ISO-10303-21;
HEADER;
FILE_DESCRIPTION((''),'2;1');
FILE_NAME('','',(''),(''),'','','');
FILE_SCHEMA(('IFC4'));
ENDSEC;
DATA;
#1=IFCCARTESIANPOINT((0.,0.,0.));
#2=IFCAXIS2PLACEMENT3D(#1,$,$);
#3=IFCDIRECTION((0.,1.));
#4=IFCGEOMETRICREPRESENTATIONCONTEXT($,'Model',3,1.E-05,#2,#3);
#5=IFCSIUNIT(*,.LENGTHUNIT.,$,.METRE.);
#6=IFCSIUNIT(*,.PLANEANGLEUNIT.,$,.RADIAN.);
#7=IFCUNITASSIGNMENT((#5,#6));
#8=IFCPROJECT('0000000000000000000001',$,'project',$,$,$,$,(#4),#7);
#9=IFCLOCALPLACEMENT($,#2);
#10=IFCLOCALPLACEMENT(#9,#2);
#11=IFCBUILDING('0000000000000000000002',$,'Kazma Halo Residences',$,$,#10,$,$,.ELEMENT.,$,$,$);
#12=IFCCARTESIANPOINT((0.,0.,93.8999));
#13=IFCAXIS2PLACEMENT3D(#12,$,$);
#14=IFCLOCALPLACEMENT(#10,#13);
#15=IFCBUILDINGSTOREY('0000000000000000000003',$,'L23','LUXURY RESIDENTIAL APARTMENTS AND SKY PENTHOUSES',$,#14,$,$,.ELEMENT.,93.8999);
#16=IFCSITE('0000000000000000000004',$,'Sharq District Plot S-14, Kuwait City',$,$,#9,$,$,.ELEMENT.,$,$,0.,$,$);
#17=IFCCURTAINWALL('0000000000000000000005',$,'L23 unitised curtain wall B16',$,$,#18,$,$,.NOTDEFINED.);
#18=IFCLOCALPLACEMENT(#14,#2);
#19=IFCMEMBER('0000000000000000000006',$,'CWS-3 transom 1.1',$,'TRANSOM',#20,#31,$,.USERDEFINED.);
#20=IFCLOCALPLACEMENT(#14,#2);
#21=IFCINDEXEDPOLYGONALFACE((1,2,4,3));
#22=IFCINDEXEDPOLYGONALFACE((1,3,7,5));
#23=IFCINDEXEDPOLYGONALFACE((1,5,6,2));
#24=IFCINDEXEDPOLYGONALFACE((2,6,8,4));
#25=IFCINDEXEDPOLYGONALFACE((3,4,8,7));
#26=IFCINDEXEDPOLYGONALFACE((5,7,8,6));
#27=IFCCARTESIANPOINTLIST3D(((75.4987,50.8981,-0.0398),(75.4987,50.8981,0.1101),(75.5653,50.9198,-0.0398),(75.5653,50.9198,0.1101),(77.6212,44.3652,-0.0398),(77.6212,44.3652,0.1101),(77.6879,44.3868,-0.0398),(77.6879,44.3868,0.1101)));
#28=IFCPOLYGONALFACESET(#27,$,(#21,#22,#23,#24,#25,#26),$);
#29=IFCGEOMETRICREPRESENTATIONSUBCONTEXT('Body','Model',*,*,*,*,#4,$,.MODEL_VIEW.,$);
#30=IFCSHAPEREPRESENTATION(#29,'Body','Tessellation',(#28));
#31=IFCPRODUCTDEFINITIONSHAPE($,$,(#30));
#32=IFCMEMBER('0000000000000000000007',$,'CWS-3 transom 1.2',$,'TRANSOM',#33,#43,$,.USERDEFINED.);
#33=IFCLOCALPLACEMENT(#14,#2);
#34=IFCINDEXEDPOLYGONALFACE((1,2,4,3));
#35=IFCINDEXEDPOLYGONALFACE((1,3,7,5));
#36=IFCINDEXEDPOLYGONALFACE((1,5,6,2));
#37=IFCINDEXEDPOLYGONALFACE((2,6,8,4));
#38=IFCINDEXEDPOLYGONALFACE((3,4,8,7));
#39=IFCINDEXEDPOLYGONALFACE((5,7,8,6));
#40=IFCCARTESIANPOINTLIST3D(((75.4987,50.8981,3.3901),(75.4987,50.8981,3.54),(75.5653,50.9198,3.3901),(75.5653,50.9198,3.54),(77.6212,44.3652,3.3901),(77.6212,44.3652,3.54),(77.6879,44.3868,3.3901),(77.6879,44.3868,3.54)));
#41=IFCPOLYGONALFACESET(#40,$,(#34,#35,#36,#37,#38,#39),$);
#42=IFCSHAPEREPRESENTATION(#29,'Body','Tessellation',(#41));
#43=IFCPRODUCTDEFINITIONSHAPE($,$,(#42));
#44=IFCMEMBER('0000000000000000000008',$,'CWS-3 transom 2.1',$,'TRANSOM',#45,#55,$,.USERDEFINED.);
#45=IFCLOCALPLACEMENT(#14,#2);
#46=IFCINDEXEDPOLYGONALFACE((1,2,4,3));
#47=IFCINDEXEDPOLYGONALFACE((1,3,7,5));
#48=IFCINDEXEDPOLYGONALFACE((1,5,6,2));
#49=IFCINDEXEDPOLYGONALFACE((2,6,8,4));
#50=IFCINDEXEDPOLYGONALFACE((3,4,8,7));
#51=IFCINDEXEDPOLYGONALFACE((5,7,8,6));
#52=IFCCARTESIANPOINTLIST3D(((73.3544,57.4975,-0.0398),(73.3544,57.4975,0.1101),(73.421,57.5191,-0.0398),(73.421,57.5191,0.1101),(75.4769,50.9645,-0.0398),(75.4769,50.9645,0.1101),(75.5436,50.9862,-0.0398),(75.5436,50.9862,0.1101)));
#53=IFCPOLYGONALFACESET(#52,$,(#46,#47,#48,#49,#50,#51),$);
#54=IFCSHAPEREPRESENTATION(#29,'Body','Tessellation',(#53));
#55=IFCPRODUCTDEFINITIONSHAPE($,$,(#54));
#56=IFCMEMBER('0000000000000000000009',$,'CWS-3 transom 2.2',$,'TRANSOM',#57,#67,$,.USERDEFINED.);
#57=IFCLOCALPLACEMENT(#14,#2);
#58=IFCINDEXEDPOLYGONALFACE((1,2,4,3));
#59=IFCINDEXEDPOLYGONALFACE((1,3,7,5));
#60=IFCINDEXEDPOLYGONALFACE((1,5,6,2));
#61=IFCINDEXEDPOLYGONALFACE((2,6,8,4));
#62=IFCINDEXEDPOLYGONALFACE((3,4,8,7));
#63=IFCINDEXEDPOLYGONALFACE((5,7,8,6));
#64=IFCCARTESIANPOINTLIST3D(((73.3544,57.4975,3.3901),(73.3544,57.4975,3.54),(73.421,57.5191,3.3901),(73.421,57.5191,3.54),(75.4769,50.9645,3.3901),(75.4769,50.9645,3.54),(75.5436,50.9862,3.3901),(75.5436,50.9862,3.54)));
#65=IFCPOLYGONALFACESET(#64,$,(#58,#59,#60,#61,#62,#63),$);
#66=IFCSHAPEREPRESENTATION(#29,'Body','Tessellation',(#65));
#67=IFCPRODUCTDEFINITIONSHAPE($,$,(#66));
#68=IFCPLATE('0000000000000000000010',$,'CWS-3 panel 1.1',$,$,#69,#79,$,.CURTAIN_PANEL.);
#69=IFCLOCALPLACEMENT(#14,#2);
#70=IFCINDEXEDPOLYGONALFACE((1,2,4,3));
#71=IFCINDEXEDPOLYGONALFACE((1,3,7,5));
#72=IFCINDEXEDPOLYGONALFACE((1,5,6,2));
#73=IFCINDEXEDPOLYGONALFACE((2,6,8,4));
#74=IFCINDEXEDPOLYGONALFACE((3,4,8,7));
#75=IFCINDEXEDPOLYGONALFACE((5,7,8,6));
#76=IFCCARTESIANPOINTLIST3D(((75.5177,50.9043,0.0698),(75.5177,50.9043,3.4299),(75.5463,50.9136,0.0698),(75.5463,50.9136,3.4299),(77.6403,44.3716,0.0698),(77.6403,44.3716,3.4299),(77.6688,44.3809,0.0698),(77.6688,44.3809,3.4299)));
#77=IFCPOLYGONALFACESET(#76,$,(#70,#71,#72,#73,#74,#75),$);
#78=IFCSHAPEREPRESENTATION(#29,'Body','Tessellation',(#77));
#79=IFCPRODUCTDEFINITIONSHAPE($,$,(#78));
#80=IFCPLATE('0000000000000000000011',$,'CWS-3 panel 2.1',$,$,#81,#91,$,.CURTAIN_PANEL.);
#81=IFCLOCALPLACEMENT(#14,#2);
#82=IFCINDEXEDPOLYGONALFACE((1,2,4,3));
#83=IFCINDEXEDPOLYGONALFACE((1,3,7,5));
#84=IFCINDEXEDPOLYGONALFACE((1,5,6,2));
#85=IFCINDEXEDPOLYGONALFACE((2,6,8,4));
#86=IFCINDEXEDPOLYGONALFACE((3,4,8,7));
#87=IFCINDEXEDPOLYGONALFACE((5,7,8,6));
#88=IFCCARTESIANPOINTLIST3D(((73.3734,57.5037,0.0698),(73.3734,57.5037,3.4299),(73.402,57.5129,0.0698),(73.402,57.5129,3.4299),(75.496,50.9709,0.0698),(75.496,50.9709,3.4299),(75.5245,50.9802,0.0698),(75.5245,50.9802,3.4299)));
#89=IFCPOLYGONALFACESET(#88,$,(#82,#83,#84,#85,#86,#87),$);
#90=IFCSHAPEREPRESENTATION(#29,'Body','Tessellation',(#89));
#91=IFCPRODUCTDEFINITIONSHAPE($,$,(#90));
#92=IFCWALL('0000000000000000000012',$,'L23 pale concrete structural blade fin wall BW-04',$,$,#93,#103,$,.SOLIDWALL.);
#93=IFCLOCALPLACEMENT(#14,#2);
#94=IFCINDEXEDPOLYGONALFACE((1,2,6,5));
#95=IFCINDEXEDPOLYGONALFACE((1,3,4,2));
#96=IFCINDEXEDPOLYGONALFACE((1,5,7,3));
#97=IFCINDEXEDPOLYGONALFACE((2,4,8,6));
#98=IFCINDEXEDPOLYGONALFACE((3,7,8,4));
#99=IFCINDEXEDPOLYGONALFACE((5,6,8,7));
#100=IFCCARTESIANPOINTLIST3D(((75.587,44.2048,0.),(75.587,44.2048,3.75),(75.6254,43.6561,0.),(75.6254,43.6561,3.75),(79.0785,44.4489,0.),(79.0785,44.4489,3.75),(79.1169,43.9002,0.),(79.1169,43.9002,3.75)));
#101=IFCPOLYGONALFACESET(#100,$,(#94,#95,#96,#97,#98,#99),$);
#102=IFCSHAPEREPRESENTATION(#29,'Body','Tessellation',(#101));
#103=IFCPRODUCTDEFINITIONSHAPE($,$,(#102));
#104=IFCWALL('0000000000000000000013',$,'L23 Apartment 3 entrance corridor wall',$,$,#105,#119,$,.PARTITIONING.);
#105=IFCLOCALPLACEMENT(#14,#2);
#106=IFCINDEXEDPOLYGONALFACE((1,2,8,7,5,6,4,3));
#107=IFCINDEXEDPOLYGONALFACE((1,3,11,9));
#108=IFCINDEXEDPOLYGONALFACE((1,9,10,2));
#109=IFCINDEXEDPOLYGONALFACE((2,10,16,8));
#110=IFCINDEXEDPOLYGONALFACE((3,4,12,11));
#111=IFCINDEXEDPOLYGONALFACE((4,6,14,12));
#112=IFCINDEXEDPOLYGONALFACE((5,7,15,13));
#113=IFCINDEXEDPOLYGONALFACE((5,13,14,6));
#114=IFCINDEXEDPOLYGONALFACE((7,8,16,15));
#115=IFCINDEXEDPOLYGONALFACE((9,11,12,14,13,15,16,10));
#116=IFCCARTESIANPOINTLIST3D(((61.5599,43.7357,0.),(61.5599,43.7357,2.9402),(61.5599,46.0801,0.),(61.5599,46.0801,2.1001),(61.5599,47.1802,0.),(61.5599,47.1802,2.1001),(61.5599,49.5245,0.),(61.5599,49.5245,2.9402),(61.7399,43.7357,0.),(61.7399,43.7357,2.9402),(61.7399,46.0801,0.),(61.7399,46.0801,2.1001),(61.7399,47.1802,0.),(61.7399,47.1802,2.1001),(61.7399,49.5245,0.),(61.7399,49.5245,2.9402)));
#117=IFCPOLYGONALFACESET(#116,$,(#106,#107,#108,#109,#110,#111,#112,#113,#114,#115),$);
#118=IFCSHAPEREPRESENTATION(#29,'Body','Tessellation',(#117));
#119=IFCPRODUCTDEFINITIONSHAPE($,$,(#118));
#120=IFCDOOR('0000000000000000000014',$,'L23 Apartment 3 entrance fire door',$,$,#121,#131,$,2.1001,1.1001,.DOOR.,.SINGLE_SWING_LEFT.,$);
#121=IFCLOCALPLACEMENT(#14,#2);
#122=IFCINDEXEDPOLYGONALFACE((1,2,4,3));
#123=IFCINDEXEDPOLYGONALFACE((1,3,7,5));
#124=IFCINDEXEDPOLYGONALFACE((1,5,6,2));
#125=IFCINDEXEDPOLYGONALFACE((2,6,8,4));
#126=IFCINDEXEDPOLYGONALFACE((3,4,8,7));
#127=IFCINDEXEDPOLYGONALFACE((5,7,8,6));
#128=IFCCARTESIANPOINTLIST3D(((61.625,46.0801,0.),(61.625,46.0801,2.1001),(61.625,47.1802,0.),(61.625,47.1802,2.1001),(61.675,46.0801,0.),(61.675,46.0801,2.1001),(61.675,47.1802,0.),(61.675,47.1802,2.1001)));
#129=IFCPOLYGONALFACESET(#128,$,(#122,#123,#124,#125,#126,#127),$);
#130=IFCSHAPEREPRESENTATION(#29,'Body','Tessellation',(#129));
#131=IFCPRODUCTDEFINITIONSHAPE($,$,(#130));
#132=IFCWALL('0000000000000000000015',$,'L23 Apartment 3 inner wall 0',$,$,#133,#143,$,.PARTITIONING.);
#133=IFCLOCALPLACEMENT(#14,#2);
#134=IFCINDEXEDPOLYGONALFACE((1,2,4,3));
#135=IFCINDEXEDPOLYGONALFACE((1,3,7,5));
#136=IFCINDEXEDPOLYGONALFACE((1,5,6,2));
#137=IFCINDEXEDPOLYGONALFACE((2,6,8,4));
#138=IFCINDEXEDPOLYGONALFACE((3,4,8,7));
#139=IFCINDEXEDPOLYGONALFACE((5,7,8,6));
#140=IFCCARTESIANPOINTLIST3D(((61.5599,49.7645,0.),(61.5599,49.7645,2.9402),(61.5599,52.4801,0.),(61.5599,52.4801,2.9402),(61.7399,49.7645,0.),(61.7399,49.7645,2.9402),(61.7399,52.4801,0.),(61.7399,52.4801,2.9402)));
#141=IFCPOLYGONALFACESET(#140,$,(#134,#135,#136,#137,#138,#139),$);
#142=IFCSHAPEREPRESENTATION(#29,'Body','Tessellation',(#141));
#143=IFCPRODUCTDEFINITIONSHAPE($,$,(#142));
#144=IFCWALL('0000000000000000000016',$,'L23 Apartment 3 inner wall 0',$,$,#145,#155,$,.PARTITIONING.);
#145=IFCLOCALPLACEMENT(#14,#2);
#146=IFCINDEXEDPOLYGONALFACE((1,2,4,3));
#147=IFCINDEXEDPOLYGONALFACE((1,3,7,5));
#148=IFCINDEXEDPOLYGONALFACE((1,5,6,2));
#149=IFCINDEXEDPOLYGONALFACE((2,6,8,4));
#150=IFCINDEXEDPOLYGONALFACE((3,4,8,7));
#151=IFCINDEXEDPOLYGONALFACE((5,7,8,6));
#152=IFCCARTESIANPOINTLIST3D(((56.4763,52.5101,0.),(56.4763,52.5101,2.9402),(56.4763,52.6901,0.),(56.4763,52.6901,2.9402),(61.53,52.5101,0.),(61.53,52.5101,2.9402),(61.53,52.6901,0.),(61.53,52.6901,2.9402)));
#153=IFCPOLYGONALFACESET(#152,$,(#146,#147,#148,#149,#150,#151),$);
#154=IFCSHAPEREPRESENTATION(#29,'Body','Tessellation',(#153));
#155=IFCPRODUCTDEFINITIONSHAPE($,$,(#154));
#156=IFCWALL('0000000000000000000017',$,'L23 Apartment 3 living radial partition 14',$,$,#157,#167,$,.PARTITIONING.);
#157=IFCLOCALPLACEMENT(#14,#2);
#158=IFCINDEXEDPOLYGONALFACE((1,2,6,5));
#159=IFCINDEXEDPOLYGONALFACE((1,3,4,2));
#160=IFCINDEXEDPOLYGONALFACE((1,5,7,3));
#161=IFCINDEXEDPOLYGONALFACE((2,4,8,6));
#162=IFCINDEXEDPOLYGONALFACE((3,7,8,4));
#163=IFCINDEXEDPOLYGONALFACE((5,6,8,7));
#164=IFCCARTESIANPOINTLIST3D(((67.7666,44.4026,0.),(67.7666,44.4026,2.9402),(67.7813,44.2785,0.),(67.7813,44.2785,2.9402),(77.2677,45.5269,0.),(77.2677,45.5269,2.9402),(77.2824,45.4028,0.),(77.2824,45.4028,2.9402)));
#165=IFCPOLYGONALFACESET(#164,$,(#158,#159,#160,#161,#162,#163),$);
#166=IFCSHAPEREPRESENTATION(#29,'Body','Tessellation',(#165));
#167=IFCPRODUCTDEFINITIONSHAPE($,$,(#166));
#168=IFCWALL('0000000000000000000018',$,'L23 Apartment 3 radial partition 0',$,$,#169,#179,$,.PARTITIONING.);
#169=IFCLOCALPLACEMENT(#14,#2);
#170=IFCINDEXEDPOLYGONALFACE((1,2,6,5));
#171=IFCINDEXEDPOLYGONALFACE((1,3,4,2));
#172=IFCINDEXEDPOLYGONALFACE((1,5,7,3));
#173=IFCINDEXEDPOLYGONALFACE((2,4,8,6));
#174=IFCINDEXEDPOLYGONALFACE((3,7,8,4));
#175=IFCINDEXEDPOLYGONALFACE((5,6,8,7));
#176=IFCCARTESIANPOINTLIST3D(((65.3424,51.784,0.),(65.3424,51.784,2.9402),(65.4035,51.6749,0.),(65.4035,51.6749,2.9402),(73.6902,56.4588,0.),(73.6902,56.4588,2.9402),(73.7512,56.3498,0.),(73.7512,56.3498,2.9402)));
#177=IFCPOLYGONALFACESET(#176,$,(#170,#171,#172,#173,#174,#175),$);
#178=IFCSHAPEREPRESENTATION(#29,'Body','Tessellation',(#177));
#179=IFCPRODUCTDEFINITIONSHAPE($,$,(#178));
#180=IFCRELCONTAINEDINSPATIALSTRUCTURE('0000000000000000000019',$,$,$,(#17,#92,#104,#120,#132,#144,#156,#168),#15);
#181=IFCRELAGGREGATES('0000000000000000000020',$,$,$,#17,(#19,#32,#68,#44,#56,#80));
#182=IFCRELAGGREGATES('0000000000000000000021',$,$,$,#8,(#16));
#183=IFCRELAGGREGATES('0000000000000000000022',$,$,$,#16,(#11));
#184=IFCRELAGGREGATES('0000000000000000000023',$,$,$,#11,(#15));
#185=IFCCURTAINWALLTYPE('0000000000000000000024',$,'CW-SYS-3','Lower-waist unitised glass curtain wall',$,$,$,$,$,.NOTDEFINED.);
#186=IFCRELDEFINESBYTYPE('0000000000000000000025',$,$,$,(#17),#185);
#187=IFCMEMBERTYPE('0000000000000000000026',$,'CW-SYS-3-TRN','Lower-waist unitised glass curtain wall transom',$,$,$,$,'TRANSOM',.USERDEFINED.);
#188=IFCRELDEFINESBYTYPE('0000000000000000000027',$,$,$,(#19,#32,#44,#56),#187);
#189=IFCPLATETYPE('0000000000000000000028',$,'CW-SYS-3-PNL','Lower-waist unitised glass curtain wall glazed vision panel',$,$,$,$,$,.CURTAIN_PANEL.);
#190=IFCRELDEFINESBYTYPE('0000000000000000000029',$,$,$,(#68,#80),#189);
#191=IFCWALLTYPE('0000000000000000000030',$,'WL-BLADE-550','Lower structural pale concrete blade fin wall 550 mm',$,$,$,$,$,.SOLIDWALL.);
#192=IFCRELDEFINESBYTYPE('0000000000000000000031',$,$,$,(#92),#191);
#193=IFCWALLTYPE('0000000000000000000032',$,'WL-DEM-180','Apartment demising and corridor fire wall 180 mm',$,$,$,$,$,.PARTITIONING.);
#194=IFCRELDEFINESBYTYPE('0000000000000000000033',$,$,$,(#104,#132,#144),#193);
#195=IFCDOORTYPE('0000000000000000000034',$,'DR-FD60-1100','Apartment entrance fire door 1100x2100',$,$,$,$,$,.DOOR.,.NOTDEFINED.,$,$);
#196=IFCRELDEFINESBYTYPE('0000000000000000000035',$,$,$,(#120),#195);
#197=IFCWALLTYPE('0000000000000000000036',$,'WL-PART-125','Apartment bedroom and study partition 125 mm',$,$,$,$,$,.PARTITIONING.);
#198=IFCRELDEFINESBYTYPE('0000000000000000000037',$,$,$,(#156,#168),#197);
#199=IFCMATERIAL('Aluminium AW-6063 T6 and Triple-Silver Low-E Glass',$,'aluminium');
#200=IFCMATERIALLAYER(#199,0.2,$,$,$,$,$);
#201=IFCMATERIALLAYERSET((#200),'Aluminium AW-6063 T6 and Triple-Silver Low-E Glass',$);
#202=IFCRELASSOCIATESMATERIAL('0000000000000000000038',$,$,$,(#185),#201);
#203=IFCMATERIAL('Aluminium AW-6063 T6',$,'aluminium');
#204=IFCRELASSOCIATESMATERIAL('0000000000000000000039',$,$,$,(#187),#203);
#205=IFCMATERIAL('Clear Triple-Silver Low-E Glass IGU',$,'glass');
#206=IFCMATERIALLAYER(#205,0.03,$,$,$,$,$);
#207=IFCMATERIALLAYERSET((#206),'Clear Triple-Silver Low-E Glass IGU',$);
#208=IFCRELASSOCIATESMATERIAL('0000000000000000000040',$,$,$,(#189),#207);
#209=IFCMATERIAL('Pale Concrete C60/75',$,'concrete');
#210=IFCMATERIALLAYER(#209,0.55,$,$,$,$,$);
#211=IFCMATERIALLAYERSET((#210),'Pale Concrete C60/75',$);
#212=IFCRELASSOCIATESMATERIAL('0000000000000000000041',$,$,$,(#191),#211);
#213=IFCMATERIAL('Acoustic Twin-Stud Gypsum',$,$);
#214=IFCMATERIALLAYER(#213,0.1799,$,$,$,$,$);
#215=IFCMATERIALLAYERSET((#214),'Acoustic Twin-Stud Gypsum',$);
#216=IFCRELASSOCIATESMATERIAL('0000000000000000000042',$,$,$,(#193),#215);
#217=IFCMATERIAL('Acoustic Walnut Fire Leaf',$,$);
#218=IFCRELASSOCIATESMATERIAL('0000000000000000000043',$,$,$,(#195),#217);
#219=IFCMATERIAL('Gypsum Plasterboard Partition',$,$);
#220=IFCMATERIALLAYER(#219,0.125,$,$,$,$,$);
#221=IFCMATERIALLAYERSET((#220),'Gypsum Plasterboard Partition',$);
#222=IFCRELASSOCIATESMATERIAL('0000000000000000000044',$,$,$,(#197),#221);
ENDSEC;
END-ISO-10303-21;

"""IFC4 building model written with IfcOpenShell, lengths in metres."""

from ifc_helpers import new_model, si_unit, direction, frame, frame_2d, origin, origin_2d, place, context, subcontext, project, spatial, rectangle, extrude, material, layer, layer_set, material_profile, profile_set, type_object, element, fill, aggregate, save


model = new_model("IFC4")

# Units and contexts
model_context = context("Model", 3, precision=1e-05, world=origin(), true_north=direction((0.0, 1.0)))
body_context = subcontext(model_context, "Body", "Model", "MODEL_VIEW")
ifc_project = project(units=[si_unit("LENGTHUNIT", "METRE"), si_unit("PLANEANGLEUNIT", "RADIAN")], contexts=[model_context])

# Site, building, storey
site_placement = place(None, origin())
site = spatial("IfcSite", under=ifc_project, at=site_placement, Name="Sharq District Plot S-14, Kuwait City", CompositionType="ELEMENT", RefElevation=0.0)
building_placement = place(site_placement, origin())
building = spatial("IfcBuilding", under=site, at=building_placement, Name="Kazma Halo Residences", CompositionType="ELEMENT")
storey_placement = place(building_placement, frame((0.0, 0.0, 93.8999)))
storey = spatial("IfcBuildingStorey", under=building, at=storey_placement, Name="L23", Description="LUXURY RESIDENTIAL APARTMENTS AND SKY PENTHOUSES", CompositionType="ELEMENT", Elevation=93.8999)

# Shared definitions
ifc_material_1 = material(Name="Aluminium AW-6063 T6 and Triple-Silver Low-E Glass", Category="aluminium")
ifc_layer_1 = layer(ifc_material_1, 0.2)
ifc_layer_set_1 = layer_set([ifc_layer_1], Name="Aluminium AW-6063 T6 and Triple-Silver Low-E Glass")
curtain_wall_type = type_object("IfcCurtainWallType", Name="CW-SYS-3", Description="Lower-waist unitised glass curtain wall", PredefinedType="NOTDEFINED", material=ifc_layer_set_1)
ifc_material_2 = material(Name="Aluminium AW-6063 T6", Category="aluminium")

# Curtain wall, members, plates
curtain_wall_1_placement = place(storey_placement, origin())
curtain_wall_1 = element("IfcCurtainWall", 1, at=curtain_wall_1_placement, inside=storey, type_object=curtain_wall_type, Name="L23 unitised curtain wall B16", PredefinedType="NOTDEFINED")
ifc_material_profile_1 = material_profile(ifc_material_2, rectangle(XDim=0.0701, YDim=0.1499, at=origin_2d()), Name="CWT-70x150")
ifc_profile_set_1 = profile_set([ifc_material_profile_1], Name="Aluminium AW-6063 T6")
member_type_1 = type_object("IfcMemberType", Name="CW-SYS-3-TRN", Description="Lower-waist unitised glass curtain wall transom", ElementType="TRANSOM", PredefinedType="USERDEFINED", material=ifc_profile_set_1)
member_1_placement = place(storey_placement, frame((77.6545, 44.376, 0.0352), z_axis=(-0.309, 0.951062, 0.0), x_axis=(-0.951062, -0.309, 0.0)))
member_1 = element("IfcMember", 2, at=member_1_placement, type_object=member_type_1, Name="CWS-3 transom 1.1", ObjectType="TRANSOM", PredefinedType="USERDEFINED", context=body_context, shape_type="SweptSolid", body=[
    extrude(rectangle(XDim=0.0701, YDim=0.1499, at=origin_2d()), origin(), (0.0, 0.0, 1.0), 6.8691),
])
member_2_placement = place(storey_placement, frame((77.6545, 44.376, 3.4651), z_axis=(-0.309, 0.951062, 0.0), x_axis=(-0.951062, -0.309, 0.0)))
member_2 = element("IfcMember", 3, at=member_2_placement, type_object=member_type_1, Name="CWS-3 transom 1.2", ObjectType="TRANSOM", PredefinedType="USERDEFINED", context=body_context, shape_type="SweptSolid", body=[
    extrude(rectangle(XDim=0.0701, YDim=0.1499, at=origin_2d()), origin(), (0.0, 0.0, 1.0), 6.8691),
])
member_3_placement = place(storey_placement, frame((75.5103, 50.9753, 0.0352), z_axis=(-0.309, 0.951062, 0.0), x_axis=(-0.951062, -0.309, 0.0)))
member_3 = element("IfcMember", 4, at=member_3_placement, type_object=member_type_1, Name="CWS-3 transom 2.1", ObjectType="TRANSOM", PredefinedType="USERDEFINED", context=body_context, shape_type="SweptSolid", body=[
    extrude(rectangle(XDim=0.0701, YDim=0.1499, at=origin_2d()), origin(), (0.0, 0.0, 1.0), 6.8691),
])
member_4_placement = place(storey_placement, frame((75.5103, 50.9753, 3.4651), z_axis=(-0.309, 0.951062, 0.0), x_axis=(-0.951062, -0.309, 0.0)))
member_4 = element("IfcMember", 5, at=member_4_placement, type_object=member_type_1, Name="CWS-3 transom 2.2", ObjectType="TRANSOM", PredefinedType="USERDEFINED", context=body_context, shape_type="SweptSolid", body=[
    extrude(rectangle(XDim=0.0701, YDim=0.1499, at=origin_2d()), origin(), (0.0, 0.0, 1.0), 6.8691),
])
ifc_material_3 = material(Name="Clear Triple-Silver Low-E Glass IGU", Category="glass")
ifc_layer_2 = layer(ifc_material_3, 0.03)
ifc_layer_set_2 = layer_set([ifc_layer_2], Name="Clear Triple-Silver Low-E Glass IGU")
plate_type = type_object("IfcPlateType", Name="CW-SYS-3-PNL", Description="Lower-waist unitised glass curtain wall glazed vision panel", PredefinedType="CURTAIN_PANEL", material=ifc_layer_set_2)
plate_1_placement = place(storey_placement, frame((76.5933, 47.6426, 0.0698), z_axis=(0.0, 0.0, 1.0), x_axis=(-0.309013, 0.951058, 0.0)))
plate_1 = element("IfcPlate", 6, at=plate_1_placement, type_object=plate_type, Name="CWS-3 panel 1.1", PredefinedType="CURTAIN_PANEL", context=body_context, shape_type="SweptSolid", body=[
    extrude(rectangle(XDim=6.8689, YDim=0.03, at=origin_2d()), origin(), (0.0, 0.0, 1.0), 3.3601),
])
plate_2_placement = place(storey_placement, frame((74.449, 54.2419, 0.0698), z_axis=(0.0, 0.0, 1.0), x_axis=(-0.309013, 0.951058, 0.0)))
plate_2 = element("IfcPlate", 7, at=plate_2_placement, type_object=plate_type, Name="CWS-3 panel 2.1", PredefinedType="CURTAIN_PANEL", context=body_context, shape_type="SweptSolid", body=[
    extrude(rectangle(XDim=6.8689, YDim=0.03, at=origin_2d()), origin(), (0.0, 0.0, 1.0), 3.3601),
])
aggregate(curtain_wall_1, [member_1, member_2, plate_1, member_3, member_4, plate_2])

# Wall
ifc_material_4 = material(Name="Pale Concrete C60/75", Category="concrete")
ifc_layer_3 = layer(ifc_material_4, 0.55)
ifc_layer_set_3 = layer_set([ifc_layer_3], Name="Pale Concrete C60/75")
wall_type_1 = type_object("IfcWallType", Name="WL-BLADE-550", Description="Lower structural pale concrete blade fin wall 550 mm", PredefinedType="SOLIDWALL", material=ifc_layer_set_3)
wall_1_placement = place(storey_placement, frame((75.6062, 43.9304, 0.0), z_axis=(0.0, 0.0, 1.0), x_axis=(0.997564, 0.069755, 0.0)))
element("IfcWall", 8, at=wall_1_placement, inside=storey, type_object=wall_type_1, Name="L23 pale concrete structural blade fin wall BW-04", PredefinedType="SOLIDWALL", context=body_context, shape_type="SweptSolid", body=[
    extrude(rectangle(XDim=3.5, YDim=0.55, at=frame_2d((1.75, 0.0))), origin(), (0.0, 0.0, 1.0), 3.75),
])

# Wall, opening, door
ifc_material_5 = material(Name="Acoustic Twin-Stud Gypsum")
ifc_layer_4 = layer(ifc_material_5, 0.1799)
ifc_layer_set_4 = layer_set([ifc_layer_4], Name="Acoustic Twin-Stud Gypsum")
wall_type_2 = type_object("IfcWallType", Name="WL-DEM-180", Description="Apartment demising and corridor fire wall 180 mm", PredefinedType="PARTITIONING", material=ifc_layer_set_4)
wall_2_placement = place(storey_placement, frame((61.6499, 43.7356, 0.0), z_axis=(0.0, 0.0, 1.0), x_axis=(0.0, 1.0, 0.0)))
wall_2 = element("IfcWall", 9, at=wall_2_placement, inside=storey, type_object=wall_type_2, Name="L23 Apartment 3 entrance corridor wall", PredefinedType="PARTITIONING", context=body_context, shape_type="SweptSolid", body=[
    extrude(rectangle(XDim=5.7888, YDim=0.1799, at=frame_2d((2.8945, 0.0))), origin(), (0.0, 0.0, 1.0), 2.9402),
])
opening_1_placement = place(wall_2_placement, frame((2.3445, 0.0, 0.0)))
opening_1 = element("IfcOpeningElement", 10, at=opening_1_placement, cuts=wall_2, PredefinedType="OPENING", context=body_context, shape_type="SweptSolid", body=[
    extrude(rectangle(XDim=1.1001, YDim=2.1001, at=frame_2d((0.55, 1.05))), frame((0.0, 0.0999, 0.0), z_axis=(0.0, -1.0, 0.0), x_axis=(1.0, 0.0, 0.0)), (0.0, 0.0, 1.0), 0.2),
])
ifc_material_6 = material(Name="Acoustic Walnut Fire Leaf")
door_type_1 = type_object("IfcDoorType", Name="DR-FD60-1100", Description="Apartment entrance fire door 1100x2100", OperationType="NOTDEFINED", PredefinedType="DOOR", material=ifc_material_6)
door_1_placement = place(opening_1_placement, origin())
door_1 = element("IfcDoor", 11, at=door_1_placement, inside=storey, type_object=door_type_1, Name="L23 Apartment 3 entrance fire door", OperationType="SINGLE_SWING_LEFT", OverallHeight=2.1001, OverallWidth=1.1001, PredefinedType="DOOR", context=body_context, shape_type="SweptSolid", body=[
    extrude(rectangle(XDim=1.1001, YDim=2.1001, at=frame_2d((0.55, 1.05))), frame((0.0, 0.0249, 0.0), z_axis=(0.0, -1.0, 0.0), x_axis=(1.0, 0.0, 0.0)), (0.0, 0.0, 1.0), 0.05),
])
fill(opening_1, door_1)

# Walls
wall_3_placement = place(storey_placement, frame((61.6499, 49.7644, 0.0), z_axis=(0.0, 0.0, 1.0), x_axis=(0.0, 1.0, 0.0)))
element("IfcWall", 12, at=wall_3_placement, inside=storey, type_object=wall_type_2, Name="L23 Apartment 3 inner wall 0", PredefinedType="PARTITIONING", context=body_context, shape_type="SweptSolid", body=[
    extrude(rectangle(XDim=2.7156, YDim=0.1799, at=frame_2d((1.3579, 0.0))), origin(), (0.0, 0.0, 1.0), 2.9402),
])
wall_4_placement = place(storey_placement, frame((61.53, 52.6001, 0.0), z_axis=(0.0, 0.0, 1.0), x_axis=(-1.0, 0.0, 0.0)))
element("IfcWall", 13, at=wall_4_placement, inside=storey, type_object=wall_type_2, Name="L23 Apartment 3 inner wall 0", PredefinedType="PARTITIONING", context=body_context, shape_type="SweptSolid", body=[
    extrude(rectangle(XDim=5.0537, YDim=0.1799, at=frame_2d((2.5269, 0.0))), origin(), (0.0, 0.0, 1.0), 2.9402),
])
ifc_material_7 = material(Name="Gypsum Plasterboard Partition")
ifc_layer_5 = layer(ifc_material_7, 0.125)
ifc_layer_set_5 = layer_set([ifc_layer_5], Name="Gypsum Plasterboard Partition")
wall_type_3 = type_object("IfcWallType", Name="WL-PART-125", Description="Apartment bedroom and study partition 125 mm", PredefinedType="PARTITIONING", material=ifc_layer_set_5)
wall_5_placement = place(storey_placement, frame((67.7739, 44.3406, 0.0), z_axis=(0.0, 0.0, 1.0), x_axis=(0.993071, 0.117512, 0.0)))
element("IfcWall", 14, at=wall_5_placement, inside=storey, type_object=wall_type_3, Name="L23 Apartment 3 living radial partition 14", PredefinedType="PARTITIONING", context=body_context, shape_type="SweptSolid", body=[
    extrude(rectangle(XDim=9.5674, YDim=0.125, at=frame_2d((4.7837, 0.0))), origin(), (0.0, 0.0, 1.0), 2.9402),
])
wall_6_placement = place(storey_placement, frame((65.373, 51.7295, 0.0), z_axis=(0.0, 0.0, 1.0), x_axis=(0.872501, 0.488613, 0.0)))
element("IfcWall", 15, at=wall_6_placement, inside=storey, type_object=wall_type_3, Name="L23 Apartment 3 radial partition 0", PredefinedType="PARTITIONING", context=body_context, shape_type="SweptSolid", body=[
    extrude(rectangle(XDim=9.5676, YDim=0.125, at=frame_2d((4.7837, 0.0))), origin(), (0.0, 0.0, 1.0), 2.9402),
])

save(model, "model.ifc")
